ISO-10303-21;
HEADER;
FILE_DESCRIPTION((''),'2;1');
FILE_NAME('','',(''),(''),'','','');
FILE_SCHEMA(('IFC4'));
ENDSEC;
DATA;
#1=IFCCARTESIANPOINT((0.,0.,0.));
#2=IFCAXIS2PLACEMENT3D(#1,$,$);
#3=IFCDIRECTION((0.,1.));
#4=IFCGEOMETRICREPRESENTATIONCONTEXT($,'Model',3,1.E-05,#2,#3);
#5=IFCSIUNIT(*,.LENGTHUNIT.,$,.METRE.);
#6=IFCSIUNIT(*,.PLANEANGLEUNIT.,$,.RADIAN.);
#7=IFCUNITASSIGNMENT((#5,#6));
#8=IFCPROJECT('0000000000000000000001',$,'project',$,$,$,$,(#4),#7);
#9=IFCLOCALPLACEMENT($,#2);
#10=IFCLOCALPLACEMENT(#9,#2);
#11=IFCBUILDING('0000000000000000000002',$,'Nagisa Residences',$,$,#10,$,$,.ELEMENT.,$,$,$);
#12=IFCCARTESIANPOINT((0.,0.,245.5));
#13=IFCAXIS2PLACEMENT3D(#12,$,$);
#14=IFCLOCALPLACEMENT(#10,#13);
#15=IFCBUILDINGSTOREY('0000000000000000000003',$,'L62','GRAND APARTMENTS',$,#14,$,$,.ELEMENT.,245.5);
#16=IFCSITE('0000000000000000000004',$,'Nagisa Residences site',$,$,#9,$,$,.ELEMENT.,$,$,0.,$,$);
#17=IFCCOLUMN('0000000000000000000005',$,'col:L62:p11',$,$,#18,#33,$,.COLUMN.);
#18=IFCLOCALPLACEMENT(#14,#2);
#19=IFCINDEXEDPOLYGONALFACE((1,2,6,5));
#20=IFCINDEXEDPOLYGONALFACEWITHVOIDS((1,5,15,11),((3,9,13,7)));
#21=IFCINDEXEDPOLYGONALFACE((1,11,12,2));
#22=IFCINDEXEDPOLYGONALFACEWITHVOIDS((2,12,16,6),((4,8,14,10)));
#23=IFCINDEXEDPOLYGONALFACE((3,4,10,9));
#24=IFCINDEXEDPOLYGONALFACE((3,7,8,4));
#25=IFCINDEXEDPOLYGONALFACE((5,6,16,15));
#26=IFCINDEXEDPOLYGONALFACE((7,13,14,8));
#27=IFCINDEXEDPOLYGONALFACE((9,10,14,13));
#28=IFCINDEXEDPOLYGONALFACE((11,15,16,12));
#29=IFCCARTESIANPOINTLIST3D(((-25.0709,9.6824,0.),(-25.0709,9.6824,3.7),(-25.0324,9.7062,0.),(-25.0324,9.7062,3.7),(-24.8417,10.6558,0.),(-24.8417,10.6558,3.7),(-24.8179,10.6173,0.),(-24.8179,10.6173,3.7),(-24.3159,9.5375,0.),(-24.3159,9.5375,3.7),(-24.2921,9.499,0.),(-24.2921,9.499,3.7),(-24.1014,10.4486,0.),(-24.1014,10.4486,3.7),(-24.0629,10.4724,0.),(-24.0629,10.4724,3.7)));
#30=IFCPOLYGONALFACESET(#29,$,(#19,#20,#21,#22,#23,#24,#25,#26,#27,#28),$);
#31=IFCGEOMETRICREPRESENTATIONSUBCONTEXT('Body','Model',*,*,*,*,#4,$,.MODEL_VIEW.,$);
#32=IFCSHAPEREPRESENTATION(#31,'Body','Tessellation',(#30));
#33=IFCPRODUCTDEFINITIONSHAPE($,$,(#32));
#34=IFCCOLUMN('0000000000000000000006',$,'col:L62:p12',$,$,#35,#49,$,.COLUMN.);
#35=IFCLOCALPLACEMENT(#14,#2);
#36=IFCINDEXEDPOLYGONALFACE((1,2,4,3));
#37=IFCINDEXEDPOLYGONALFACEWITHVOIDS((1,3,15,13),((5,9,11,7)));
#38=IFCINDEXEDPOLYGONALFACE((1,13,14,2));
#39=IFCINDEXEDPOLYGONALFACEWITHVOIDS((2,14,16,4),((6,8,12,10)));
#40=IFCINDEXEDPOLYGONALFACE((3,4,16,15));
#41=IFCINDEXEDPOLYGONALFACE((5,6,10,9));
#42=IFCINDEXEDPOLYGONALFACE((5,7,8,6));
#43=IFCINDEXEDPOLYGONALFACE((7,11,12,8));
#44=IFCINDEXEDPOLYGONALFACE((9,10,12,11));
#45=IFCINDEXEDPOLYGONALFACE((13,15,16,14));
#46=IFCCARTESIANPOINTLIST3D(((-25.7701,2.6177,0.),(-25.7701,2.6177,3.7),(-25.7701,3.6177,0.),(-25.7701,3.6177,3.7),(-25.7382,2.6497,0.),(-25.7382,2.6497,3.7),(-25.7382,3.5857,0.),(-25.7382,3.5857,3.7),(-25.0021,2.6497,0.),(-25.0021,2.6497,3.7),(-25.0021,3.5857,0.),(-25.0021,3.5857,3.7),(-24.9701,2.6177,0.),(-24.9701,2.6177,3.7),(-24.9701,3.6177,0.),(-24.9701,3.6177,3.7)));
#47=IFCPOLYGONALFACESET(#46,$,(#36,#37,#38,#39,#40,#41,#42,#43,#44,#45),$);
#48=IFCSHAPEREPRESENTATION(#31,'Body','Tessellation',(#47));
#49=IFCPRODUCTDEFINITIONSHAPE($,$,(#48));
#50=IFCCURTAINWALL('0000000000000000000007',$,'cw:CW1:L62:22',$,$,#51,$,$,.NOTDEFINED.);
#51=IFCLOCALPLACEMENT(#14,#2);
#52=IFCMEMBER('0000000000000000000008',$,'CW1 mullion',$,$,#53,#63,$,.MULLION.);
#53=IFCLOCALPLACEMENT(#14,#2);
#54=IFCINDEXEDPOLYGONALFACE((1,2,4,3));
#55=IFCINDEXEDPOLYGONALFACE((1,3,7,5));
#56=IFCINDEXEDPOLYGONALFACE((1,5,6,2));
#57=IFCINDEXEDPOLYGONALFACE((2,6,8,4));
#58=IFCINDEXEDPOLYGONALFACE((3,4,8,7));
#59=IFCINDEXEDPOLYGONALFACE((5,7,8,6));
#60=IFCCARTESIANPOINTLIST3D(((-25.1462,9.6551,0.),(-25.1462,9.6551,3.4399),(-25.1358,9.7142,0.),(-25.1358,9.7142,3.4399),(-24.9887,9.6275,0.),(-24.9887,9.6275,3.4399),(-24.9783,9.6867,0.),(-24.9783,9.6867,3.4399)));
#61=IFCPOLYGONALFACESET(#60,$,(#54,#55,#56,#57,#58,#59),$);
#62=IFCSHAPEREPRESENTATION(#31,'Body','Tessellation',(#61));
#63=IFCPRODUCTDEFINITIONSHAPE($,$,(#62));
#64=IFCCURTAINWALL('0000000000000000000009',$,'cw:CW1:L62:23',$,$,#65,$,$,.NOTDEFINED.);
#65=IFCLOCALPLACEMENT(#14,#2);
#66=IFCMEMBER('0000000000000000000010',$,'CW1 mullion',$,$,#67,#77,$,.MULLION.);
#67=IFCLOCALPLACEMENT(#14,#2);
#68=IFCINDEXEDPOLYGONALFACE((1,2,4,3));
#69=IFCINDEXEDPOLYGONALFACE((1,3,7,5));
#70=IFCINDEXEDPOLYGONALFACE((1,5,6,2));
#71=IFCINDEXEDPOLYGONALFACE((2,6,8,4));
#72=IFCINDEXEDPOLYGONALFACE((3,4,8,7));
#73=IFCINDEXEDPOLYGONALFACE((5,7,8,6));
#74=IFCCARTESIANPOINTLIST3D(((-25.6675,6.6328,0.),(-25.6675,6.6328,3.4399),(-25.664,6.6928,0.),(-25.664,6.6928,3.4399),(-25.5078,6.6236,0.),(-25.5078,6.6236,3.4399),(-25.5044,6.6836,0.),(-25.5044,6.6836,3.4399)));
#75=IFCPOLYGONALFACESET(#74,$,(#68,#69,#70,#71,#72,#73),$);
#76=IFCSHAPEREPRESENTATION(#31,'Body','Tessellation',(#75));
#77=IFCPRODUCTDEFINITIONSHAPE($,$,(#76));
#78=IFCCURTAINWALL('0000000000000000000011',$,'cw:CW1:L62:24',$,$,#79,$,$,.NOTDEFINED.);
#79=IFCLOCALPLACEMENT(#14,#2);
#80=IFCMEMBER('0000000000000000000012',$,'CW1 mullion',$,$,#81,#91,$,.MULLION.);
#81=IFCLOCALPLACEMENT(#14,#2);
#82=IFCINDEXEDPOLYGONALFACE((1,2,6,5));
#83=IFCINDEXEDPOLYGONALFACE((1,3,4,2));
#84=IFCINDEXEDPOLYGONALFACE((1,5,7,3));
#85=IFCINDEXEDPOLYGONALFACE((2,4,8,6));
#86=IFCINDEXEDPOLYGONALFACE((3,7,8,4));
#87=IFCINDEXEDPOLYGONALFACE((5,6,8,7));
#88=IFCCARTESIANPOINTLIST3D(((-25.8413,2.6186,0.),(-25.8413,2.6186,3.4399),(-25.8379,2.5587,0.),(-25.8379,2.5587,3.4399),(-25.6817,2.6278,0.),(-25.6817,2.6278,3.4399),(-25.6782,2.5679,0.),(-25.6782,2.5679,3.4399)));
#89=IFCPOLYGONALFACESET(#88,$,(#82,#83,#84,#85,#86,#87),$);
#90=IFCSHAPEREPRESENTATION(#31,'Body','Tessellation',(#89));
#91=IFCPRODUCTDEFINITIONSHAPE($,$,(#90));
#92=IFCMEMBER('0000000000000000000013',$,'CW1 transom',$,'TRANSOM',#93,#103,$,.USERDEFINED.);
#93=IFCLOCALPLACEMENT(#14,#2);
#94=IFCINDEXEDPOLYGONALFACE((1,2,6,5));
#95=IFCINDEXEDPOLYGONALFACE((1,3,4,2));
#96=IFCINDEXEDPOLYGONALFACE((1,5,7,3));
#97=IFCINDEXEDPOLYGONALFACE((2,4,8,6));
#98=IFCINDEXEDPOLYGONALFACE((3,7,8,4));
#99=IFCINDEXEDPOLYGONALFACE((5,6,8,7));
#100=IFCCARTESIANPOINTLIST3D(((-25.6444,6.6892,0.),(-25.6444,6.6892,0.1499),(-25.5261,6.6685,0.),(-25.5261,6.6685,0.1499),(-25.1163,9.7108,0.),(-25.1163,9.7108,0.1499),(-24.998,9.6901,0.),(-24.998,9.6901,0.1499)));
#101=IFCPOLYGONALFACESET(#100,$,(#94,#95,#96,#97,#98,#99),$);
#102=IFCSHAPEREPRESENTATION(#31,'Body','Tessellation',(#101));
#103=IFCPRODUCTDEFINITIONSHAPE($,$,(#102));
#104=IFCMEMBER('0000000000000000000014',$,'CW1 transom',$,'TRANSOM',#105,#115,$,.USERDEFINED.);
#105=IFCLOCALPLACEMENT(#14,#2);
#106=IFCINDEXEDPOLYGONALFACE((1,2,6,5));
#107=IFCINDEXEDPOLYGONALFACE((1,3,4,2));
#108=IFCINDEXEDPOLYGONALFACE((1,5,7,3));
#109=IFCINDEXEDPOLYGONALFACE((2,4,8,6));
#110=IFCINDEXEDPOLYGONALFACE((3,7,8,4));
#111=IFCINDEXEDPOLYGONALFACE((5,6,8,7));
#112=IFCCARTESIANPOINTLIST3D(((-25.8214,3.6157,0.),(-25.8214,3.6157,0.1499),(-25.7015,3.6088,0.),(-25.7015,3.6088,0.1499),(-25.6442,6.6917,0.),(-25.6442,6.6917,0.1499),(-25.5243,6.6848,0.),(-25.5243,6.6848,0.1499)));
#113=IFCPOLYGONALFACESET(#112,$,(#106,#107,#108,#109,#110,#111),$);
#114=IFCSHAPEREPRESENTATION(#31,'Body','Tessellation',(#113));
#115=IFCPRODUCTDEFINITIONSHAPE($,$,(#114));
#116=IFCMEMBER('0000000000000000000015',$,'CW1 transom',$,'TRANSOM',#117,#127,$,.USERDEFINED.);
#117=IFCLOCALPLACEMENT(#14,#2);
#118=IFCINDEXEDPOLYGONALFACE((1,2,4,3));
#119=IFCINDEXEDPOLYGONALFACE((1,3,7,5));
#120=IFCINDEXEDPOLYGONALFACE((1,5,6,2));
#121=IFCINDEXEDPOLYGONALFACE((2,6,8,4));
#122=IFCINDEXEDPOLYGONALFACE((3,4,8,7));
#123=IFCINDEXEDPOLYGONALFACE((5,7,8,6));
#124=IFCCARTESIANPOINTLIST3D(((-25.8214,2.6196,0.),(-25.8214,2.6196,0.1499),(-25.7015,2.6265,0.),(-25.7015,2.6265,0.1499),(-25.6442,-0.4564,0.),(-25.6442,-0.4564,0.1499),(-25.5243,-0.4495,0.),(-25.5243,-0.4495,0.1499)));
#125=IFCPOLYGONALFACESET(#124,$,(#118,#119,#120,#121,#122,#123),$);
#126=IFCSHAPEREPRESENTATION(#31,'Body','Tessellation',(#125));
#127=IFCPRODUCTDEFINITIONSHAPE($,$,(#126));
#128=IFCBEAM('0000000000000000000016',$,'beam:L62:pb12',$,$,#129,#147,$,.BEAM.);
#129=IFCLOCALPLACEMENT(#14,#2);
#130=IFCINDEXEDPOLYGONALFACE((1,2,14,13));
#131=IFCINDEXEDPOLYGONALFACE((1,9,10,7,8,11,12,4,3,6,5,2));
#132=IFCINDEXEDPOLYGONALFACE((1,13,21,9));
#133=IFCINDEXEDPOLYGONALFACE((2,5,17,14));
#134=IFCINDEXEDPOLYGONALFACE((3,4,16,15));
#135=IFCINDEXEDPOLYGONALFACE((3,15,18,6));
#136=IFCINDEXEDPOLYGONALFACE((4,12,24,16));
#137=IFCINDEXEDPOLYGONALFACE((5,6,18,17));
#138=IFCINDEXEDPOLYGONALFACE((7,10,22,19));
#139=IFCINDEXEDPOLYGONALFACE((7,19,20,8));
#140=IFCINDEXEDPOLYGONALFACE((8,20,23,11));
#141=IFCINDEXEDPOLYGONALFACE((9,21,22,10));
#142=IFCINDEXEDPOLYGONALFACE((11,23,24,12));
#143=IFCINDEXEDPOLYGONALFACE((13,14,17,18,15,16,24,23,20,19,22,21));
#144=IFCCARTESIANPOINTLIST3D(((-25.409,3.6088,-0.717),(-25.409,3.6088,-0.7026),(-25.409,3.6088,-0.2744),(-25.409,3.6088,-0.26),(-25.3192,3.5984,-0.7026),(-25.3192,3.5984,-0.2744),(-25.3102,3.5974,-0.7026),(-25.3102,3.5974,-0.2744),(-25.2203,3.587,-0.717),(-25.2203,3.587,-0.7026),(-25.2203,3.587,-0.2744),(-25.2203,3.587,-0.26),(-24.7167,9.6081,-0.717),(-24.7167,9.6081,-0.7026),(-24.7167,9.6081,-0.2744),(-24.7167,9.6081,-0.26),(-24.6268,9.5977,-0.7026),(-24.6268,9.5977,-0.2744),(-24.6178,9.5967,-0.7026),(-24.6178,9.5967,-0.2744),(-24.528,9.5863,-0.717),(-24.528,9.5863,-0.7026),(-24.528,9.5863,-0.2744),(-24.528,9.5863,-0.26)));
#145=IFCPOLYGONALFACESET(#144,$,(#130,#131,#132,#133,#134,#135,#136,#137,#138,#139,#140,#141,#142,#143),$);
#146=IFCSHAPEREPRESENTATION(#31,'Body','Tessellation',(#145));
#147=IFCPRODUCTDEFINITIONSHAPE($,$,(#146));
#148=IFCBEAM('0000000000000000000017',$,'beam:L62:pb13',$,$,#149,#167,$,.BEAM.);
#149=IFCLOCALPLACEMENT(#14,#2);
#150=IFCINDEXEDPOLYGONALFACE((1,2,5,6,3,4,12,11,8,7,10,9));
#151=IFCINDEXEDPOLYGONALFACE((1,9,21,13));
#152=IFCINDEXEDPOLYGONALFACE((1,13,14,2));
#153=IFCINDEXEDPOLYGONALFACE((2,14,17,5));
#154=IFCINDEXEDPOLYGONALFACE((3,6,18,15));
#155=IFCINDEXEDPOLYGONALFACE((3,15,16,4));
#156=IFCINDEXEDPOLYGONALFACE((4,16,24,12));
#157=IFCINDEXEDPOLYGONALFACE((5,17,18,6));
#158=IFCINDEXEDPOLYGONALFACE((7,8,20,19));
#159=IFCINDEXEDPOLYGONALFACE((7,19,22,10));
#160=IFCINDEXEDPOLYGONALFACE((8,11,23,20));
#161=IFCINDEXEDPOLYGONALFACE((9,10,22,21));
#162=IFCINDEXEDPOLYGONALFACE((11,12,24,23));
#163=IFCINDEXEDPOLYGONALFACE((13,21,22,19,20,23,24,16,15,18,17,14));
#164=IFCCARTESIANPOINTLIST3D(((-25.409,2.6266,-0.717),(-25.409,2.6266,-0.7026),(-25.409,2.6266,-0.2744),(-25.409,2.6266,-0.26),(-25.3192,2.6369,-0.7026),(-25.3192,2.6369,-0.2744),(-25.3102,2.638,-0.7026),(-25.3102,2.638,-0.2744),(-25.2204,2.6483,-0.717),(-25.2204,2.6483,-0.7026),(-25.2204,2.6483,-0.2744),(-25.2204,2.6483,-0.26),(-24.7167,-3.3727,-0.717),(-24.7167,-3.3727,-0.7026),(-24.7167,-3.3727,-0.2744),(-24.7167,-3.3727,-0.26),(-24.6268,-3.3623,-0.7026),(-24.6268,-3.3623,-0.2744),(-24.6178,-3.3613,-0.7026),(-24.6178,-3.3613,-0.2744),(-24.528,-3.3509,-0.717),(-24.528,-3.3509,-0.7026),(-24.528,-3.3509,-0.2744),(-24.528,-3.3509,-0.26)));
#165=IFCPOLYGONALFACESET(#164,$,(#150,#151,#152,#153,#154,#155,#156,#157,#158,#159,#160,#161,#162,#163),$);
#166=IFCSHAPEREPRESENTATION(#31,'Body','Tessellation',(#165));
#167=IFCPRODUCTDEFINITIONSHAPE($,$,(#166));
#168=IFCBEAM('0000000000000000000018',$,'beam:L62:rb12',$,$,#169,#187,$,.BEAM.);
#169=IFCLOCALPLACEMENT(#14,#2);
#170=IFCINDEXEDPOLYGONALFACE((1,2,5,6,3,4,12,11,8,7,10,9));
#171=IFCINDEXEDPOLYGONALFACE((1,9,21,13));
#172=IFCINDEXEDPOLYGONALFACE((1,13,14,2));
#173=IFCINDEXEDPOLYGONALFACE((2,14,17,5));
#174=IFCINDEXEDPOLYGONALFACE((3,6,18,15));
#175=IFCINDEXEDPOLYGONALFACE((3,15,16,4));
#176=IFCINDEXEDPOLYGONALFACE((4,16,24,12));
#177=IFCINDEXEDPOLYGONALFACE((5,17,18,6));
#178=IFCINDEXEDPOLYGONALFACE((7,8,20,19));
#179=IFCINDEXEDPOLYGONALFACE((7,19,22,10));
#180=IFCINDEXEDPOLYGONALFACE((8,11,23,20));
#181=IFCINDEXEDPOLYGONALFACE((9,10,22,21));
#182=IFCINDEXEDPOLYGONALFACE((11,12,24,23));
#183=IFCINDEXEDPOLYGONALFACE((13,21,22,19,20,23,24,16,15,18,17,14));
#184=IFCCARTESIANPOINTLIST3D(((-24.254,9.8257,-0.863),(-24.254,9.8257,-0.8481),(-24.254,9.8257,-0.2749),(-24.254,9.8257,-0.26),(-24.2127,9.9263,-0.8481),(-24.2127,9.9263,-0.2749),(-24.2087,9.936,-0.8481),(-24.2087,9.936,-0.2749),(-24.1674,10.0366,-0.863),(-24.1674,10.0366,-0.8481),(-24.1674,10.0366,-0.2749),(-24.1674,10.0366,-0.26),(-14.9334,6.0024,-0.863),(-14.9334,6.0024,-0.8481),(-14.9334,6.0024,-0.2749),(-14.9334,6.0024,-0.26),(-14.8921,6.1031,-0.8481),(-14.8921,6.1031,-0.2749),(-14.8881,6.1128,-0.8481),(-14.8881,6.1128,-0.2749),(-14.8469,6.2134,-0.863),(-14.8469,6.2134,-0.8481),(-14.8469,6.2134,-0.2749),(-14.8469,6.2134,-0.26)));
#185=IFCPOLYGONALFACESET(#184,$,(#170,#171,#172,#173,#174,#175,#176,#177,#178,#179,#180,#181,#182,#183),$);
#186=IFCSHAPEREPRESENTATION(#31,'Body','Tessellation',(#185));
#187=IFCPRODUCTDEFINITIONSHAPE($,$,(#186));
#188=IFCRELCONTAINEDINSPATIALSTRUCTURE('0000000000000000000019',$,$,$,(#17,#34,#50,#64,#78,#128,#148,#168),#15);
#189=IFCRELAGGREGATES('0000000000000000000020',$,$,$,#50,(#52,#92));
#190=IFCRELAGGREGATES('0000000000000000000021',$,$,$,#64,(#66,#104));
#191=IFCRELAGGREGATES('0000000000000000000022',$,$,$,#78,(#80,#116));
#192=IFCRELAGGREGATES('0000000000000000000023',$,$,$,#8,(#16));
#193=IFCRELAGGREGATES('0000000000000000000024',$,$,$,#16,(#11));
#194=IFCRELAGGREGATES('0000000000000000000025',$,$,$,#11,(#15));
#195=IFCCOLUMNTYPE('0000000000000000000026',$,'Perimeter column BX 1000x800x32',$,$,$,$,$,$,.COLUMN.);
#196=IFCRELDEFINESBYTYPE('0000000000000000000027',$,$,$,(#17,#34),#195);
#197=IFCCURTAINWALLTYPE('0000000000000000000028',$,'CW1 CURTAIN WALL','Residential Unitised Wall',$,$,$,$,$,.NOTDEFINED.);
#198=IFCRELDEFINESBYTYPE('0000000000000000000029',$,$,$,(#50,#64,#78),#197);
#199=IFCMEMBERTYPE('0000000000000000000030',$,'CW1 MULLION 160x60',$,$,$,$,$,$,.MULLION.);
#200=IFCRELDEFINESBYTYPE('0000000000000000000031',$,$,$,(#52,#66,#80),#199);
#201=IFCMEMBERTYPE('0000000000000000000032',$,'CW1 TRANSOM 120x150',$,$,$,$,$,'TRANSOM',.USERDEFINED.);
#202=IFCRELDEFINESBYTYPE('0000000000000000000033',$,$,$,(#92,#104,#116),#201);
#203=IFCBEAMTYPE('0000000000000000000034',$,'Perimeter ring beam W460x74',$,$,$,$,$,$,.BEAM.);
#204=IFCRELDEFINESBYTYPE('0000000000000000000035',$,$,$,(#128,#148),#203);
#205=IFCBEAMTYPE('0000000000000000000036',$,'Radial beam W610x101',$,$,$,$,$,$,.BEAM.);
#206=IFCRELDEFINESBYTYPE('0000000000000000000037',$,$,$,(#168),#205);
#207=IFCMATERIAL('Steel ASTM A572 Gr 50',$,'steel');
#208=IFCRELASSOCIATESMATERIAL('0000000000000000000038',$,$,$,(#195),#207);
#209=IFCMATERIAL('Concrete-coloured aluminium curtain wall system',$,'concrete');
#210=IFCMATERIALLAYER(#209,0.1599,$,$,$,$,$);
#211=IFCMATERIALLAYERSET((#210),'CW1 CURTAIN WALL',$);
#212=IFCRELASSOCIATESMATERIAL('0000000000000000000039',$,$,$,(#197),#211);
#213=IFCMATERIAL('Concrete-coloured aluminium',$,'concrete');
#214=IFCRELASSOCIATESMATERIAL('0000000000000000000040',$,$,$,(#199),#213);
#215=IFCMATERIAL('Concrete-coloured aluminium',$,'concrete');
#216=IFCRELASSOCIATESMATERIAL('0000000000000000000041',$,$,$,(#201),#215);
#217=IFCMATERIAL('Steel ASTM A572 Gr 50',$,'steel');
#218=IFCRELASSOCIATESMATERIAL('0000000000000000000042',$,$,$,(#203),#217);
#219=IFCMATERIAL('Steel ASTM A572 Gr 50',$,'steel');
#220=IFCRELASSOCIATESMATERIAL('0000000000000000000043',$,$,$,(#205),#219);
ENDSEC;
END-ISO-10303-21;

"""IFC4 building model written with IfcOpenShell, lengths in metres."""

from ifc_helpers import new_model, si_unit, direction, frame, origin, origin_2d, place, context, subcontext, project, spatial, rectangle, hollow_rectangle, i_section, extrude, material, layer, layer_set, material_profile, profile_set, type_object, element, aggregate, save


model = new_model("IFC4")

# Units and contexts
model_context = context("Model", 3, precision=1e-05, world=origin(), true_north=direction((0.0, 1.0)))
body_context = subcontext(model_context, "Body", "Model", "MODEL_VIEW")
ifc_project = project(units=[si_unit("LENGTHUNIT", "METRE"), si_unit("PLANEANGLEUNIT", "RADIAN")], contexts=[model_context])

# Site, building, storey
site_placement = place(None, origin())
site = spatial("IfcSite", under=ifc_project, at=site_placement, Name="Nagisa Residences site", CompositionType="ELEMENT", RefElevation=0.0)
building_placement = place(site_placement, origin())
building = spatial("IfcBuilding", under=site, at=building_placement, Name="Nagisa Residences", CompositionType="ELEMENT")
storey_placement = place(building_placement, frame((0.0, 0.0, 245.5)))
storey = spatial("IfcBuildingStorey", under=building, at=storey_placement, Name="L62", Description="GRAND APARTMENTS", CompositionType="ELEMENT", Elevation=245.5)

# Columns
ifc_material_1 = material(Name="Steel ASTM A572 Gr 50", Category="steel")
ifc_material_profile_1 = material_profile(ifc_material_1, hollow_rectangle(XDim=1.0, YDim=0.8, WallThickness=0.032, at=origin_2d()), Name="BX 1000x800x32")
ifc_profile_set_1 = profile_set([ifc_material_profile_1], Name="Steel ASTM A572 Gr 50")
column_type = type_object("IfcColumnType", Name="Perimeter column BX 1000x800x32", PredefinedType="COLUMN", material=ifc_profile_set_1)
for number, where, z_axis, x_axis, name in (
    (1, (-24.5669, 10.0774, 0.0), (0.0, 0.0, 1.0), (-0.229202, -0.973379, 0.0), "col:L62:p11"),
    (2, (-25.3701, 3.1177, 0.0), (0.0, 0.0, 1.0), (0.0, -1.0, 0.0), "col:L62:p12"),
):
    element("IfcColumn", number, at=place(storey_placement, frame(where, z_axis=z_axis, x_axis=x_axis)), inside=storey, type_object=column_type, Name=name, PredefinedType="COLUMN", context=body_context, shape_type="SweptSolid", body=[
        extrude(hollow_rectangle(XDim=1.0, YDim=0.8, WallThickness=0.032, at=origin_2d()), origin(), (0.0, 0.0, 1.0), 3.7),
    ])

# Curtain walls, members
ifc_material_2 = material(Name="Concrete-coloured aluminium curtain wall system", Category="concrete")
ifc_layer_1 = layer(ifc_material_2, 0.1599)
ifc_layer_set_1 = layer_set([ifc_layer_1], Name="CW1 CURTAIN WALL")
curtain_wall_type = type_object("IfcCurtainWallType", Name="CW1 CURTAIN WALL", Description="Residential Unitised Wall", PredefinedType="NOTDEFINED", material=ifc_layer_set_1)
curtain_wall_1_placement = place(storey_placement, origin())
curtain_wall_1 = element("IfcCurtainWall", 3, at=curtain_wall_1_placement, inside=storey, type_object=curtain_wall_type, Name="cw:CW1:L62:22", PredefinedType="NOTDEFINED")
ifc_material_3 = material(Name="Concrete-coloured aluminium", Category="concrete")
ifc_material_profile_2 = material_profile(ifc_material_3, rectangle(XDim=0.1599, YDim=0.0601, at=origin_2d()), Name="CW1 MULLION 160x60")
ifc_profile_set_2 = profile_set([ifc_material_profile_2], Name="Concrete-coloured aluminium")
member_type_1 = type_object("IfcMemberType", Name="CW1 MULLION 160x60", PredefinedType="MULLION", material=ifc_profile_set_2)
member_1_placement = place(storey_placement, frame((-25.0623, 9.6709, 0.0), z_axis=(0.0, 0.0, 1.0), x_axis=(0.985064, -0.172191, 0.0)))
member_1 = element("IfcMember", 4, at=member_1_placement, type_object=member_type_1, Name="CW1 mullion", PredefinedType="MULLION", context=body_context, shape_type="SweptSolid", body=[
    extrude(rectangle(XDim=0.1599, YDim=0.0601, at=origin_2d()), origin(), (0.0, 0.0, 1.0), 3.4399),
])
curtain_wall_2_placement = place(storey_placement, origin())
curtain_wall_2 = element("IfcCurtainWall", 5, at=curtain_wall_2_placement, inside=storey, type_object=curtain_wall_type, Name="cw:CW1:L62:23", PredefinedType="NOTDEFINED")
member_2_placement = place(storey_placement, frame((-25.5859, 6.6582, 0.0), z_axis=(0.0, 0.0, 1.0), x_axis=(0.998345, -0.057503, 0.0)))
member_2 = element("IfcMember", 6, at=member_2_placement, type_object=member_type_1, Name="CW1 mullion", PredefinedType="MULLION", context=body_context, shape_type="SweptSolid", body=[
    extrude(rectangle(XDim=0.1599, YDim=0.0601, at=origin_2d()), origin(), (0.0, 0.0, 1.0), 3.4399),
])
curtain_wall_3_placement = place(storey_placement, origin())
curtain_wall_3 = element("IfcCurtainWall", 7, at=curtain_wall_3_placement, inside=storey, type_object=curtain_wall_type, Name="cw:CW1:L62:24", PredefinedType="NOTDEFINED")
member_3_placement = place(storey_placement, frame((-25.7598, 2.5933, 0.0), z_axis=(0.0, 0.0, 1.0), x_axis=(0.998345, 0.057503, 0.0)))
member_3 = element("IfcMember", 8, at=member_3_placement, type_object=member_type_1, Name="CW1 mullion", PredefinedType="MULLION", context=body_context, shape_type="SweptSolid", body=[
    extrude(rectangle(XDim=0.1599, YDim=0.0601, at=origin_2d()), origin(), (0.0, 0.0, 1.0), 3.4399),
])

# Members
ifc_material_4 = material(Name="Concrete-coloured aluminium", Category="concrete")
ifc_material_profile_3 = material_profile(ifc_material_4, rectangle(XDim=0.1201, YDim=0.1499, at=origin_2d()), Name="CW1 TRANSOM 120x150")
ifc_profile_set_3 = profile_set([ifc_material_profile_3], Name="Concrete-coloured aluminium")
member_type_2 = type_object("IfcMemberType", Name="CW1 TRANSOM 120x150", ElementType="TRANSOM", PredefinedType="USERDEFINED", material=ifc_profile_set_3)
member_4_placement = place(storey_placement, frame((-25.0571, 9.7004, 0.075), z_axis=(-0.172164, -0.985068, 0.0), x_axis=(0.985068, -0.172164, 0.0)))
member_4 = element("IfcMember", 9, at=member_4_placement, type_object=member_type_2, Name="CW1 transom", ObjectType="TRANSOM", PredefinedType="USERDEFINED", context=body_context, shape_type="SweptSolid", body=[
    extrude(rectangle(XDim=0.1201, YDim=0.1499, at=origin_2d()), origin(), (0.0, 0.0, 1.0), 3.0674),
])
member_5_placement = place(storey_placement, frame((-25.5842, 6.6882, 0.075), z_axis=(-0.057528, -0.998344, 0.0), x_axis=(0.998344, -0.057528, 0.0)))
member_5 = element("IfcMember", 10, at=member_5_placement, type_object=member_type_2, Name="CW1 transom", ObjectType="TRANSOM", PredefinedType="USERDEFINED", context=body_context, shape_type="SweptSolid", body=[
    extrude(rectangle(XDim=0.1201, YDim=0.1499, at=origin_2d()), origin(), (0.0, 0.0, 1.0), 3.0811),
])
member_6_placement = place(storey_placement, frame((-25.7615, 2.623, 0.075), z_axis=(0.057528, -0.998344, 0.0), x_axis=(0.998344, 0.057528, 0.0)))
member_6 = element("IfcMember", 11, at=member_6_placement, type_object=member_type_2, Name="CW1 transom", ObjectType="TRANSOM", PredefinedType="USERDEFINED", context=body_context, shape_type="SweptSolid", body=[
    extrude(rectangle(XDim=0.1201, YDim=0.1499, at=origin_2d()), origin(), (0.0, 0.0, 1.0), 3.0811),
])

# Beams
ifc_material_5 = material(Name="Steel ASTM A572 Gr 50", Category="steel")
ifc_material_profile_4 = material_profile(ifc_material_5, i_section(OverallWidth=0.1899, OverallDepth=0.457, WebThickness=0.009, FlangeThickness=0.0144, at=origin_2d()), Name="W460x74")
ifc_profile_set_4 = profile_set([ifc_material_profile_4], Name="Steel ASTM A572 Gr 50")
beam_type_1 = type_object("IfcBeamType", Name="Perimeter ring beam W460x74", PredefinedType="BEAM", material=ifc_profile_set_4)
for number, where, z_axis, x_axis, name in (
    (12, (-24.6223, 9.5972, -0.4885), (-0.11465, -0.993406, 0.0), (0.993406, -0.11465, 0.0), "beam:L62:pb12"),
    (13, (-25.3147, 2.6375, -0.4885), (0.11465, -0.993406, 0.0), (0.993406, 0.11465, 0.0), "beam:L62:pb13"),
):
    element("IfcBeam", number, at=place(storey_placement, frame(where, z_axis=z_axis, x_axis=x_axis)), inside=storey, type_object=beam_type_1, Name=name, PredefinedType="BEAM", context=body_context, shape_type="SweptSolid", body=[
        extrude(i_section(OverallWidth=0.1899, OverallDepth=0.457, WebThickness=0.009, FlangeThickness=0.0144, at=origin_2d()), origin(), (0.0, 0.0, 1.0), 6.0391),
    ])
ifc_material_6 = material(Name="Steel ASTM A572 Gr 50", Category="steel")
ifc_material_profile_5 = material_profile(ifc_material_6, i_section(OverallWidth=0.228, OverallDepth=0.603, WebThickness=0.0105, FlangeThickness=0.0149, at=origin_2d()), Name="W610x101")
ifc_profile_set_5 = profile_set([ifc_material_profile_5], Name="Steel ASTM A572 Gr 50")
beam_type_2 = type_object("IfcBeamType", Name="Radial beam W610x101", PredefinedType="BEAM", material=ifc_profile_set_5)
beam_1_placement = place(storey_placement, frame((-24.2107, 9.9312, -0.5615), z_axis=(0.925189, -0.379507, 0.0), x_axis=(0.379507, 0.925189, 0.0)))
element("IfcBeam", 14, at=beam_1_placement, inside=storey, type_object=beam_type_2, Name="beam:L62:rb12", PredefinedType="BEAM", context=body_context, shape_type="SweptSolid", body=[
    extrude(i_section(OverallWidth=0.228, OverallDepth=0.603, WebThickness=0.0105, FlangeThickness=0.0149, at=origin_2d()), origin(), (0.0, 0.0, 1.0), 10.0742),
])

aggregate(curtain_wall_1, [member_1, member_4])
aggregate(curtain_wall_2, [member_2, member_5])
aggregate(curtain_wall_3, [member_3, member_6])

save(model, "model.ifc")
